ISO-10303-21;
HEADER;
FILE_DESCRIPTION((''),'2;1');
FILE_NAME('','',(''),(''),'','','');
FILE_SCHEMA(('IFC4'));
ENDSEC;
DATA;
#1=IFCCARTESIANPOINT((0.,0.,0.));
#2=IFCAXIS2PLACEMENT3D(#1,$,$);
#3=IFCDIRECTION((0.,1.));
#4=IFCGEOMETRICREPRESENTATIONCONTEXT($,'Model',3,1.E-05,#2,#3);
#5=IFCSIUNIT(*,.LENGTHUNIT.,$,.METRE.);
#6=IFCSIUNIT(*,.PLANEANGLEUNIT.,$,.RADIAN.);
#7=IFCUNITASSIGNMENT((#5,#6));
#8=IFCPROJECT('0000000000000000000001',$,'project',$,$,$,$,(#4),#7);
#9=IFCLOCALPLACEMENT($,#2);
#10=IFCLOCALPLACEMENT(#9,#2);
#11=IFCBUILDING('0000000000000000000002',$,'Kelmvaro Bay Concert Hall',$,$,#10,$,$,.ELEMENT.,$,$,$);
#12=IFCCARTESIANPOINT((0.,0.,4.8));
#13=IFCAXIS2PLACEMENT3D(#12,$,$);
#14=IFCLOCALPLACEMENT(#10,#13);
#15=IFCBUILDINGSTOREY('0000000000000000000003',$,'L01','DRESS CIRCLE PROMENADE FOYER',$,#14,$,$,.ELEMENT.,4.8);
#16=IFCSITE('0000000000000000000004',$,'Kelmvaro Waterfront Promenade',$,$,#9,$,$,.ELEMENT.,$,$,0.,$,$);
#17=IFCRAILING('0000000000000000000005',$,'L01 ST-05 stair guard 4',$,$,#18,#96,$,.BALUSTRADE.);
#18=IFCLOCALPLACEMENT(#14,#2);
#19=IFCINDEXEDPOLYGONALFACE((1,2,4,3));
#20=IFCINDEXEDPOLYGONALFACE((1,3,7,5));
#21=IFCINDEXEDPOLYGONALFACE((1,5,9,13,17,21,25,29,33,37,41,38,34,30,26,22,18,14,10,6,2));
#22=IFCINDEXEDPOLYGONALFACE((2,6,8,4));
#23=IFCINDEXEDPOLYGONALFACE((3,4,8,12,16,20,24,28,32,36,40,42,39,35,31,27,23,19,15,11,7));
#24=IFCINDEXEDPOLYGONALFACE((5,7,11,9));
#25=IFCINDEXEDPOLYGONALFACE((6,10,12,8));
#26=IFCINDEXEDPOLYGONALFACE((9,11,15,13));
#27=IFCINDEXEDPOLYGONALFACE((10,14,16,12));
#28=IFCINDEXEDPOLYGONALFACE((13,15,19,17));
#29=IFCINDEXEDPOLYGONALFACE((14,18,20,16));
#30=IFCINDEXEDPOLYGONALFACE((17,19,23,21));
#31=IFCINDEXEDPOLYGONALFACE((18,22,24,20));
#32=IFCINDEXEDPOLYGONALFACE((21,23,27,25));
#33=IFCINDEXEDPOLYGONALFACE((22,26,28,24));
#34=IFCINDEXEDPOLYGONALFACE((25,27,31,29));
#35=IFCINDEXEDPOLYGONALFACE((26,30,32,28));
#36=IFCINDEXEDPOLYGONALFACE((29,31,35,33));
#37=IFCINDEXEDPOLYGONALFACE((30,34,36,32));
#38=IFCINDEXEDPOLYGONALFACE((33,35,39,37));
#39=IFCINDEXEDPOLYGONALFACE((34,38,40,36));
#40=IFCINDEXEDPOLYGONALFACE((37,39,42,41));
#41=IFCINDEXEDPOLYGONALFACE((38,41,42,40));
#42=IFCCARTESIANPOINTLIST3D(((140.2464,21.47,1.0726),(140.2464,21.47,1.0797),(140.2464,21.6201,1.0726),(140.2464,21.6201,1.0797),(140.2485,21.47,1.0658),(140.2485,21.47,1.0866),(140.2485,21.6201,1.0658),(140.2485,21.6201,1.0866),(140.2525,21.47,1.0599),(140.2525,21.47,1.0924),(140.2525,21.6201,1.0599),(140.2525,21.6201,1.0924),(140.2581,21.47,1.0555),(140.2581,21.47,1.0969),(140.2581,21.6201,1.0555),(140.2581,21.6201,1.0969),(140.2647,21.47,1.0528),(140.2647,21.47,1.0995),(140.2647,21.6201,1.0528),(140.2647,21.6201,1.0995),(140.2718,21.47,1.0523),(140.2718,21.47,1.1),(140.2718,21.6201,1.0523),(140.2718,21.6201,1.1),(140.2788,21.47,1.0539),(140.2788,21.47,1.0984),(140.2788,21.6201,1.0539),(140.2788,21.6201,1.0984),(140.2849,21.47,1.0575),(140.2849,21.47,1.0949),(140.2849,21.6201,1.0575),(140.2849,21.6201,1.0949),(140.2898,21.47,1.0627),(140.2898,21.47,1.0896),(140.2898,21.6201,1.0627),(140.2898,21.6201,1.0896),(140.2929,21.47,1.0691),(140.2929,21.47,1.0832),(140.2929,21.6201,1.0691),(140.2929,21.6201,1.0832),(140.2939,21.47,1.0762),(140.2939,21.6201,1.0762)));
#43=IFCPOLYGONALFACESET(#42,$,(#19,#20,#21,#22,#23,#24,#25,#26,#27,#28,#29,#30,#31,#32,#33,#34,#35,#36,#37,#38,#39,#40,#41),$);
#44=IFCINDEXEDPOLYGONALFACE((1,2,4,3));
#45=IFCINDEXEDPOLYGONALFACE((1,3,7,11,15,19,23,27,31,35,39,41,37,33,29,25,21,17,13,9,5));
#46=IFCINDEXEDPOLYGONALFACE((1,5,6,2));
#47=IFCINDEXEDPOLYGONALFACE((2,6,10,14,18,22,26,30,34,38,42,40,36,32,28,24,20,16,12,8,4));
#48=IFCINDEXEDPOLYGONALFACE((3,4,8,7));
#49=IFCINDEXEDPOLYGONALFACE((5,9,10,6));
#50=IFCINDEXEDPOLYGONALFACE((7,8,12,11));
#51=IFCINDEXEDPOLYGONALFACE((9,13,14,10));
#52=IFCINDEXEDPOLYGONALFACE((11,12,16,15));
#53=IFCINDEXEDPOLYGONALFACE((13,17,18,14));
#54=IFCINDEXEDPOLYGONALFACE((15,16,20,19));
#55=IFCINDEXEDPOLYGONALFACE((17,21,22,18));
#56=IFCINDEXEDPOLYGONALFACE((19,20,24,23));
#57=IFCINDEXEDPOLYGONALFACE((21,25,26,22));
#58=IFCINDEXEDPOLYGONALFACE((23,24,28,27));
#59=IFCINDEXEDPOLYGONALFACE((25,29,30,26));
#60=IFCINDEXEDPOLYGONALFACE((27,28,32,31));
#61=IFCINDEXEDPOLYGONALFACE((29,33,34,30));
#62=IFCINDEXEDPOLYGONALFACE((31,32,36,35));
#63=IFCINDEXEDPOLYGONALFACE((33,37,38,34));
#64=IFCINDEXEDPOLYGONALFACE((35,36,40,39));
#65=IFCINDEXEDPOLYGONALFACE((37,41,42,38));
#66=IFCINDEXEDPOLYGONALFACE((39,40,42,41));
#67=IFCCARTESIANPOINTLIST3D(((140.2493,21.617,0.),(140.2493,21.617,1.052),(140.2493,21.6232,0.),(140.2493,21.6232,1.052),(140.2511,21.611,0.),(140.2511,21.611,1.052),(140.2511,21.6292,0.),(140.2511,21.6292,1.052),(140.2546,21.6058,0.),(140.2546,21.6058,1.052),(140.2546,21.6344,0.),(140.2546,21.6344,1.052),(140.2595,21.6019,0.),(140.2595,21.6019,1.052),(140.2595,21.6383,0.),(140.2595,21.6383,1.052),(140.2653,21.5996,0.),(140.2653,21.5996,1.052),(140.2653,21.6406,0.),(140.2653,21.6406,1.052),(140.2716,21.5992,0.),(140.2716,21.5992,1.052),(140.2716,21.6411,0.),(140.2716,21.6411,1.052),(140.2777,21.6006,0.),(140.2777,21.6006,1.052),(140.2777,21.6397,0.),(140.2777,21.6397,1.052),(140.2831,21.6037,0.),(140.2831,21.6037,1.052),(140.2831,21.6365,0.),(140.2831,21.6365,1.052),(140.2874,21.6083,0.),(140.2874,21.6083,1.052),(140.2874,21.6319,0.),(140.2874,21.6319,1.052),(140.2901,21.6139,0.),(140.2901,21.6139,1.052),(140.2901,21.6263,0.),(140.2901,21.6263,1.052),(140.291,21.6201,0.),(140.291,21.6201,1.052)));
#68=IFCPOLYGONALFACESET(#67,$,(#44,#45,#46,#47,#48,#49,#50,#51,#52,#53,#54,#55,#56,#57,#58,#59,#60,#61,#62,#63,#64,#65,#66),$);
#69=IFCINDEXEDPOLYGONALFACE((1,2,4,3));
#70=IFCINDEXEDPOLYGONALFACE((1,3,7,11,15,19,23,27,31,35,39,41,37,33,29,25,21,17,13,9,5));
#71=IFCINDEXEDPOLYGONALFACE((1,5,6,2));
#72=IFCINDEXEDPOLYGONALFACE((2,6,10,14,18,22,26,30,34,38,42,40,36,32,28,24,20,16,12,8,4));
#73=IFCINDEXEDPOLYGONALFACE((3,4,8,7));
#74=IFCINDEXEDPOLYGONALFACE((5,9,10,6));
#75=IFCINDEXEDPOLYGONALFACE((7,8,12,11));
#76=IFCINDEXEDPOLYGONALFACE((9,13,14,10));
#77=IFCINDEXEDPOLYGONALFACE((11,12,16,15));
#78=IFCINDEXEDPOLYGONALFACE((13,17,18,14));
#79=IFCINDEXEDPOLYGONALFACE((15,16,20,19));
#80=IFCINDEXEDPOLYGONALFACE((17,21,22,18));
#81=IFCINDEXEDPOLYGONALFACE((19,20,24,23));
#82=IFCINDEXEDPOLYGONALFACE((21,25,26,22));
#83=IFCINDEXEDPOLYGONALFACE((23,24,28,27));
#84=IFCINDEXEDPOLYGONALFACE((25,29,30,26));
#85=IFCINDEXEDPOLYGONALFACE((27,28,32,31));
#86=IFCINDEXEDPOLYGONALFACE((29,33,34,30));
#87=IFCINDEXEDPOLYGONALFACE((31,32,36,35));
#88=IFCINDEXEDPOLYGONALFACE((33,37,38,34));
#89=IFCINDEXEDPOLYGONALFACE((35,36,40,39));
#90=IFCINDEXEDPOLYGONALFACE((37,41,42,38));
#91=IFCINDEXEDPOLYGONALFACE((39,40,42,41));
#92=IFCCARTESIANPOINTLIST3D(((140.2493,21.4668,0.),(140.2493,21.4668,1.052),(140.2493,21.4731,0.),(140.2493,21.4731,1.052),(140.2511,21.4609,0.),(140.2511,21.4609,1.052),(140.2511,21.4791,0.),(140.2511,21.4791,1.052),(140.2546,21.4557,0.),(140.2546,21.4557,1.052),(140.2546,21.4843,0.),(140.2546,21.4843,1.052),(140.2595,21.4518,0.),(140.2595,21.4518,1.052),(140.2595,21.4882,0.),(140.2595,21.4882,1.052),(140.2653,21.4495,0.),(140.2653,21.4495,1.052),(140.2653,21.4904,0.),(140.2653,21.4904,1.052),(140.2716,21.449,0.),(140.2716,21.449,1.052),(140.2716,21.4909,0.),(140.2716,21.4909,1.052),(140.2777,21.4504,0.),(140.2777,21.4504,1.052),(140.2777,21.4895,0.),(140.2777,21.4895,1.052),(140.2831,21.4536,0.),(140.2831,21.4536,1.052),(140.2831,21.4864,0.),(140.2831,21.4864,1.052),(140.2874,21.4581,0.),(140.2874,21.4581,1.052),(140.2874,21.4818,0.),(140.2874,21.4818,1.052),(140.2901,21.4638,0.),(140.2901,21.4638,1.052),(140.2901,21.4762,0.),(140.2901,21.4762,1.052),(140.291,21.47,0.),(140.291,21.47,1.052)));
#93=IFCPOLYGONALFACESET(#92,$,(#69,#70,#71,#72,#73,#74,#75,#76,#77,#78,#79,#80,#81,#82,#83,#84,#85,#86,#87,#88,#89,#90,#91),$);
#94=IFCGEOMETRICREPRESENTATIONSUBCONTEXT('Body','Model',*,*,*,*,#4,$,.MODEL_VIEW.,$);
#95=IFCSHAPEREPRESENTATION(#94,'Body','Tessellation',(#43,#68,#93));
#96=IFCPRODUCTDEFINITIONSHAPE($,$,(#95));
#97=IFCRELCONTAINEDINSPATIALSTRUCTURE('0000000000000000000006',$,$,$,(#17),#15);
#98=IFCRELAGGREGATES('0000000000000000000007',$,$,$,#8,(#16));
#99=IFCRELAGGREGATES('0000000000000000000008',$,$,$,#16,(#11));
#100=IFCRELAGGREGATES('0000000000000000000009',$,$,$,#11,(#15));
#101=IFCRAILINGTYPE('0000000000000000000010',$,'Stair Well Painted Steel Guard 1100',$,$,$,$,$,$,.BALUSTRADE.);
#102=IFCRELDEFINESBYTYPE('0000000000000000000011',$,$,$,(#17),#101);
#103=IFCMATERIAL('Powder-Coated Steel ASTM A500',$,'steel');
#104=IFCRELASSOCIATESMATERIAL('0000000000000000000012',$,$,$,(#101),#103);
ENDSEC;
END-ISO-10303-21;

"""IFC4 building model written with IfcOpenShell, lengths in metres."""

from ifc_helpers import new_model, si_unit, direction, frame, origin, origin_2d, place, context, subcontext, project, spatial, circle, extrude, material, type_object, element, save


model = new_model("IFC4")

# Units and contexts
model_context = context("Model", 3, precision=1e-05, world=origin(), true_north=direction((0.0, 1.0)))
body_context = subcontext(model_context, "Body", "Model", "MODEL_VIEW")
ifc_project = project(units=[si_unit("LENGTHUNIT", "METRE"), si_unit("PLANEANGLEUNIT", "RADIAN")], contexts=[model_context])

# Site, building, storey
site_placement = place(None, origin())
site = spatial("IfcSite", under=ifc_project, at=site_placement, Name="Kelmvaro Waterfront Promenade", CompositionType="ELEMENT", RefElevation=0.0)
building_placement = place(site_placement, origin())
building = spatial("IfcBuilding", under=site, at=building_placement, Name="Kelmvaro Bay Concert Hall", CompositionType="ELEMENT")
storey_placement = place(building_placement, frame((0.0, 0.0, 4.8)))
storey = spatial("IfcBuildingStorey", under=building, at=storey_placement, Name="L01", Description="DRESS CIRCLE PROMENADE FOYER", CompositionType="ELEMENT", Elevation=4.8)

# Railing
ifc_material_1 = material(Name="Powder-Coated Steel ASTM A500", Category="steel")
railing_type_1 = type_object("IfcRailingType", Name="Stair Well Painted Steel Guard 1100", PredefinedType="BALUSTRADE", material=ifc_material_1)
railing_1_placement = place(storey_placement, frame((140.27, 21.6201, 0.0)))
element("IfcRailing", 1, at=railing_1_placement, inside=storey, type_object=railing_type_1, Name="L01 ST-05 stair guard 4", PredefinedType="BALUSTRADE", context=body_context, shape_type="SweptSolid", body=[
    extrude(circle(Radius=0.0239, at=origin_2d()), frame((0.0, 0.0, 1.0762), z_axis=(0.0, -1.0, 0.0), x_axis=(1.0, 0.0, 0.0)), (0.0, 0.0, 1.0), 0.1501),
    extrude(circle(Radius=0.021, at=origin_2d()), origin(), (0.0, 0.0, 1.0), 1.052),
    extrude(circle(Radius=0.021, at=origin_2d()), frame((0.0, -0.1501, 0.0)), (0.0, 0.0, 1.0), 1.052),
])

save(model, "model.ifc")
